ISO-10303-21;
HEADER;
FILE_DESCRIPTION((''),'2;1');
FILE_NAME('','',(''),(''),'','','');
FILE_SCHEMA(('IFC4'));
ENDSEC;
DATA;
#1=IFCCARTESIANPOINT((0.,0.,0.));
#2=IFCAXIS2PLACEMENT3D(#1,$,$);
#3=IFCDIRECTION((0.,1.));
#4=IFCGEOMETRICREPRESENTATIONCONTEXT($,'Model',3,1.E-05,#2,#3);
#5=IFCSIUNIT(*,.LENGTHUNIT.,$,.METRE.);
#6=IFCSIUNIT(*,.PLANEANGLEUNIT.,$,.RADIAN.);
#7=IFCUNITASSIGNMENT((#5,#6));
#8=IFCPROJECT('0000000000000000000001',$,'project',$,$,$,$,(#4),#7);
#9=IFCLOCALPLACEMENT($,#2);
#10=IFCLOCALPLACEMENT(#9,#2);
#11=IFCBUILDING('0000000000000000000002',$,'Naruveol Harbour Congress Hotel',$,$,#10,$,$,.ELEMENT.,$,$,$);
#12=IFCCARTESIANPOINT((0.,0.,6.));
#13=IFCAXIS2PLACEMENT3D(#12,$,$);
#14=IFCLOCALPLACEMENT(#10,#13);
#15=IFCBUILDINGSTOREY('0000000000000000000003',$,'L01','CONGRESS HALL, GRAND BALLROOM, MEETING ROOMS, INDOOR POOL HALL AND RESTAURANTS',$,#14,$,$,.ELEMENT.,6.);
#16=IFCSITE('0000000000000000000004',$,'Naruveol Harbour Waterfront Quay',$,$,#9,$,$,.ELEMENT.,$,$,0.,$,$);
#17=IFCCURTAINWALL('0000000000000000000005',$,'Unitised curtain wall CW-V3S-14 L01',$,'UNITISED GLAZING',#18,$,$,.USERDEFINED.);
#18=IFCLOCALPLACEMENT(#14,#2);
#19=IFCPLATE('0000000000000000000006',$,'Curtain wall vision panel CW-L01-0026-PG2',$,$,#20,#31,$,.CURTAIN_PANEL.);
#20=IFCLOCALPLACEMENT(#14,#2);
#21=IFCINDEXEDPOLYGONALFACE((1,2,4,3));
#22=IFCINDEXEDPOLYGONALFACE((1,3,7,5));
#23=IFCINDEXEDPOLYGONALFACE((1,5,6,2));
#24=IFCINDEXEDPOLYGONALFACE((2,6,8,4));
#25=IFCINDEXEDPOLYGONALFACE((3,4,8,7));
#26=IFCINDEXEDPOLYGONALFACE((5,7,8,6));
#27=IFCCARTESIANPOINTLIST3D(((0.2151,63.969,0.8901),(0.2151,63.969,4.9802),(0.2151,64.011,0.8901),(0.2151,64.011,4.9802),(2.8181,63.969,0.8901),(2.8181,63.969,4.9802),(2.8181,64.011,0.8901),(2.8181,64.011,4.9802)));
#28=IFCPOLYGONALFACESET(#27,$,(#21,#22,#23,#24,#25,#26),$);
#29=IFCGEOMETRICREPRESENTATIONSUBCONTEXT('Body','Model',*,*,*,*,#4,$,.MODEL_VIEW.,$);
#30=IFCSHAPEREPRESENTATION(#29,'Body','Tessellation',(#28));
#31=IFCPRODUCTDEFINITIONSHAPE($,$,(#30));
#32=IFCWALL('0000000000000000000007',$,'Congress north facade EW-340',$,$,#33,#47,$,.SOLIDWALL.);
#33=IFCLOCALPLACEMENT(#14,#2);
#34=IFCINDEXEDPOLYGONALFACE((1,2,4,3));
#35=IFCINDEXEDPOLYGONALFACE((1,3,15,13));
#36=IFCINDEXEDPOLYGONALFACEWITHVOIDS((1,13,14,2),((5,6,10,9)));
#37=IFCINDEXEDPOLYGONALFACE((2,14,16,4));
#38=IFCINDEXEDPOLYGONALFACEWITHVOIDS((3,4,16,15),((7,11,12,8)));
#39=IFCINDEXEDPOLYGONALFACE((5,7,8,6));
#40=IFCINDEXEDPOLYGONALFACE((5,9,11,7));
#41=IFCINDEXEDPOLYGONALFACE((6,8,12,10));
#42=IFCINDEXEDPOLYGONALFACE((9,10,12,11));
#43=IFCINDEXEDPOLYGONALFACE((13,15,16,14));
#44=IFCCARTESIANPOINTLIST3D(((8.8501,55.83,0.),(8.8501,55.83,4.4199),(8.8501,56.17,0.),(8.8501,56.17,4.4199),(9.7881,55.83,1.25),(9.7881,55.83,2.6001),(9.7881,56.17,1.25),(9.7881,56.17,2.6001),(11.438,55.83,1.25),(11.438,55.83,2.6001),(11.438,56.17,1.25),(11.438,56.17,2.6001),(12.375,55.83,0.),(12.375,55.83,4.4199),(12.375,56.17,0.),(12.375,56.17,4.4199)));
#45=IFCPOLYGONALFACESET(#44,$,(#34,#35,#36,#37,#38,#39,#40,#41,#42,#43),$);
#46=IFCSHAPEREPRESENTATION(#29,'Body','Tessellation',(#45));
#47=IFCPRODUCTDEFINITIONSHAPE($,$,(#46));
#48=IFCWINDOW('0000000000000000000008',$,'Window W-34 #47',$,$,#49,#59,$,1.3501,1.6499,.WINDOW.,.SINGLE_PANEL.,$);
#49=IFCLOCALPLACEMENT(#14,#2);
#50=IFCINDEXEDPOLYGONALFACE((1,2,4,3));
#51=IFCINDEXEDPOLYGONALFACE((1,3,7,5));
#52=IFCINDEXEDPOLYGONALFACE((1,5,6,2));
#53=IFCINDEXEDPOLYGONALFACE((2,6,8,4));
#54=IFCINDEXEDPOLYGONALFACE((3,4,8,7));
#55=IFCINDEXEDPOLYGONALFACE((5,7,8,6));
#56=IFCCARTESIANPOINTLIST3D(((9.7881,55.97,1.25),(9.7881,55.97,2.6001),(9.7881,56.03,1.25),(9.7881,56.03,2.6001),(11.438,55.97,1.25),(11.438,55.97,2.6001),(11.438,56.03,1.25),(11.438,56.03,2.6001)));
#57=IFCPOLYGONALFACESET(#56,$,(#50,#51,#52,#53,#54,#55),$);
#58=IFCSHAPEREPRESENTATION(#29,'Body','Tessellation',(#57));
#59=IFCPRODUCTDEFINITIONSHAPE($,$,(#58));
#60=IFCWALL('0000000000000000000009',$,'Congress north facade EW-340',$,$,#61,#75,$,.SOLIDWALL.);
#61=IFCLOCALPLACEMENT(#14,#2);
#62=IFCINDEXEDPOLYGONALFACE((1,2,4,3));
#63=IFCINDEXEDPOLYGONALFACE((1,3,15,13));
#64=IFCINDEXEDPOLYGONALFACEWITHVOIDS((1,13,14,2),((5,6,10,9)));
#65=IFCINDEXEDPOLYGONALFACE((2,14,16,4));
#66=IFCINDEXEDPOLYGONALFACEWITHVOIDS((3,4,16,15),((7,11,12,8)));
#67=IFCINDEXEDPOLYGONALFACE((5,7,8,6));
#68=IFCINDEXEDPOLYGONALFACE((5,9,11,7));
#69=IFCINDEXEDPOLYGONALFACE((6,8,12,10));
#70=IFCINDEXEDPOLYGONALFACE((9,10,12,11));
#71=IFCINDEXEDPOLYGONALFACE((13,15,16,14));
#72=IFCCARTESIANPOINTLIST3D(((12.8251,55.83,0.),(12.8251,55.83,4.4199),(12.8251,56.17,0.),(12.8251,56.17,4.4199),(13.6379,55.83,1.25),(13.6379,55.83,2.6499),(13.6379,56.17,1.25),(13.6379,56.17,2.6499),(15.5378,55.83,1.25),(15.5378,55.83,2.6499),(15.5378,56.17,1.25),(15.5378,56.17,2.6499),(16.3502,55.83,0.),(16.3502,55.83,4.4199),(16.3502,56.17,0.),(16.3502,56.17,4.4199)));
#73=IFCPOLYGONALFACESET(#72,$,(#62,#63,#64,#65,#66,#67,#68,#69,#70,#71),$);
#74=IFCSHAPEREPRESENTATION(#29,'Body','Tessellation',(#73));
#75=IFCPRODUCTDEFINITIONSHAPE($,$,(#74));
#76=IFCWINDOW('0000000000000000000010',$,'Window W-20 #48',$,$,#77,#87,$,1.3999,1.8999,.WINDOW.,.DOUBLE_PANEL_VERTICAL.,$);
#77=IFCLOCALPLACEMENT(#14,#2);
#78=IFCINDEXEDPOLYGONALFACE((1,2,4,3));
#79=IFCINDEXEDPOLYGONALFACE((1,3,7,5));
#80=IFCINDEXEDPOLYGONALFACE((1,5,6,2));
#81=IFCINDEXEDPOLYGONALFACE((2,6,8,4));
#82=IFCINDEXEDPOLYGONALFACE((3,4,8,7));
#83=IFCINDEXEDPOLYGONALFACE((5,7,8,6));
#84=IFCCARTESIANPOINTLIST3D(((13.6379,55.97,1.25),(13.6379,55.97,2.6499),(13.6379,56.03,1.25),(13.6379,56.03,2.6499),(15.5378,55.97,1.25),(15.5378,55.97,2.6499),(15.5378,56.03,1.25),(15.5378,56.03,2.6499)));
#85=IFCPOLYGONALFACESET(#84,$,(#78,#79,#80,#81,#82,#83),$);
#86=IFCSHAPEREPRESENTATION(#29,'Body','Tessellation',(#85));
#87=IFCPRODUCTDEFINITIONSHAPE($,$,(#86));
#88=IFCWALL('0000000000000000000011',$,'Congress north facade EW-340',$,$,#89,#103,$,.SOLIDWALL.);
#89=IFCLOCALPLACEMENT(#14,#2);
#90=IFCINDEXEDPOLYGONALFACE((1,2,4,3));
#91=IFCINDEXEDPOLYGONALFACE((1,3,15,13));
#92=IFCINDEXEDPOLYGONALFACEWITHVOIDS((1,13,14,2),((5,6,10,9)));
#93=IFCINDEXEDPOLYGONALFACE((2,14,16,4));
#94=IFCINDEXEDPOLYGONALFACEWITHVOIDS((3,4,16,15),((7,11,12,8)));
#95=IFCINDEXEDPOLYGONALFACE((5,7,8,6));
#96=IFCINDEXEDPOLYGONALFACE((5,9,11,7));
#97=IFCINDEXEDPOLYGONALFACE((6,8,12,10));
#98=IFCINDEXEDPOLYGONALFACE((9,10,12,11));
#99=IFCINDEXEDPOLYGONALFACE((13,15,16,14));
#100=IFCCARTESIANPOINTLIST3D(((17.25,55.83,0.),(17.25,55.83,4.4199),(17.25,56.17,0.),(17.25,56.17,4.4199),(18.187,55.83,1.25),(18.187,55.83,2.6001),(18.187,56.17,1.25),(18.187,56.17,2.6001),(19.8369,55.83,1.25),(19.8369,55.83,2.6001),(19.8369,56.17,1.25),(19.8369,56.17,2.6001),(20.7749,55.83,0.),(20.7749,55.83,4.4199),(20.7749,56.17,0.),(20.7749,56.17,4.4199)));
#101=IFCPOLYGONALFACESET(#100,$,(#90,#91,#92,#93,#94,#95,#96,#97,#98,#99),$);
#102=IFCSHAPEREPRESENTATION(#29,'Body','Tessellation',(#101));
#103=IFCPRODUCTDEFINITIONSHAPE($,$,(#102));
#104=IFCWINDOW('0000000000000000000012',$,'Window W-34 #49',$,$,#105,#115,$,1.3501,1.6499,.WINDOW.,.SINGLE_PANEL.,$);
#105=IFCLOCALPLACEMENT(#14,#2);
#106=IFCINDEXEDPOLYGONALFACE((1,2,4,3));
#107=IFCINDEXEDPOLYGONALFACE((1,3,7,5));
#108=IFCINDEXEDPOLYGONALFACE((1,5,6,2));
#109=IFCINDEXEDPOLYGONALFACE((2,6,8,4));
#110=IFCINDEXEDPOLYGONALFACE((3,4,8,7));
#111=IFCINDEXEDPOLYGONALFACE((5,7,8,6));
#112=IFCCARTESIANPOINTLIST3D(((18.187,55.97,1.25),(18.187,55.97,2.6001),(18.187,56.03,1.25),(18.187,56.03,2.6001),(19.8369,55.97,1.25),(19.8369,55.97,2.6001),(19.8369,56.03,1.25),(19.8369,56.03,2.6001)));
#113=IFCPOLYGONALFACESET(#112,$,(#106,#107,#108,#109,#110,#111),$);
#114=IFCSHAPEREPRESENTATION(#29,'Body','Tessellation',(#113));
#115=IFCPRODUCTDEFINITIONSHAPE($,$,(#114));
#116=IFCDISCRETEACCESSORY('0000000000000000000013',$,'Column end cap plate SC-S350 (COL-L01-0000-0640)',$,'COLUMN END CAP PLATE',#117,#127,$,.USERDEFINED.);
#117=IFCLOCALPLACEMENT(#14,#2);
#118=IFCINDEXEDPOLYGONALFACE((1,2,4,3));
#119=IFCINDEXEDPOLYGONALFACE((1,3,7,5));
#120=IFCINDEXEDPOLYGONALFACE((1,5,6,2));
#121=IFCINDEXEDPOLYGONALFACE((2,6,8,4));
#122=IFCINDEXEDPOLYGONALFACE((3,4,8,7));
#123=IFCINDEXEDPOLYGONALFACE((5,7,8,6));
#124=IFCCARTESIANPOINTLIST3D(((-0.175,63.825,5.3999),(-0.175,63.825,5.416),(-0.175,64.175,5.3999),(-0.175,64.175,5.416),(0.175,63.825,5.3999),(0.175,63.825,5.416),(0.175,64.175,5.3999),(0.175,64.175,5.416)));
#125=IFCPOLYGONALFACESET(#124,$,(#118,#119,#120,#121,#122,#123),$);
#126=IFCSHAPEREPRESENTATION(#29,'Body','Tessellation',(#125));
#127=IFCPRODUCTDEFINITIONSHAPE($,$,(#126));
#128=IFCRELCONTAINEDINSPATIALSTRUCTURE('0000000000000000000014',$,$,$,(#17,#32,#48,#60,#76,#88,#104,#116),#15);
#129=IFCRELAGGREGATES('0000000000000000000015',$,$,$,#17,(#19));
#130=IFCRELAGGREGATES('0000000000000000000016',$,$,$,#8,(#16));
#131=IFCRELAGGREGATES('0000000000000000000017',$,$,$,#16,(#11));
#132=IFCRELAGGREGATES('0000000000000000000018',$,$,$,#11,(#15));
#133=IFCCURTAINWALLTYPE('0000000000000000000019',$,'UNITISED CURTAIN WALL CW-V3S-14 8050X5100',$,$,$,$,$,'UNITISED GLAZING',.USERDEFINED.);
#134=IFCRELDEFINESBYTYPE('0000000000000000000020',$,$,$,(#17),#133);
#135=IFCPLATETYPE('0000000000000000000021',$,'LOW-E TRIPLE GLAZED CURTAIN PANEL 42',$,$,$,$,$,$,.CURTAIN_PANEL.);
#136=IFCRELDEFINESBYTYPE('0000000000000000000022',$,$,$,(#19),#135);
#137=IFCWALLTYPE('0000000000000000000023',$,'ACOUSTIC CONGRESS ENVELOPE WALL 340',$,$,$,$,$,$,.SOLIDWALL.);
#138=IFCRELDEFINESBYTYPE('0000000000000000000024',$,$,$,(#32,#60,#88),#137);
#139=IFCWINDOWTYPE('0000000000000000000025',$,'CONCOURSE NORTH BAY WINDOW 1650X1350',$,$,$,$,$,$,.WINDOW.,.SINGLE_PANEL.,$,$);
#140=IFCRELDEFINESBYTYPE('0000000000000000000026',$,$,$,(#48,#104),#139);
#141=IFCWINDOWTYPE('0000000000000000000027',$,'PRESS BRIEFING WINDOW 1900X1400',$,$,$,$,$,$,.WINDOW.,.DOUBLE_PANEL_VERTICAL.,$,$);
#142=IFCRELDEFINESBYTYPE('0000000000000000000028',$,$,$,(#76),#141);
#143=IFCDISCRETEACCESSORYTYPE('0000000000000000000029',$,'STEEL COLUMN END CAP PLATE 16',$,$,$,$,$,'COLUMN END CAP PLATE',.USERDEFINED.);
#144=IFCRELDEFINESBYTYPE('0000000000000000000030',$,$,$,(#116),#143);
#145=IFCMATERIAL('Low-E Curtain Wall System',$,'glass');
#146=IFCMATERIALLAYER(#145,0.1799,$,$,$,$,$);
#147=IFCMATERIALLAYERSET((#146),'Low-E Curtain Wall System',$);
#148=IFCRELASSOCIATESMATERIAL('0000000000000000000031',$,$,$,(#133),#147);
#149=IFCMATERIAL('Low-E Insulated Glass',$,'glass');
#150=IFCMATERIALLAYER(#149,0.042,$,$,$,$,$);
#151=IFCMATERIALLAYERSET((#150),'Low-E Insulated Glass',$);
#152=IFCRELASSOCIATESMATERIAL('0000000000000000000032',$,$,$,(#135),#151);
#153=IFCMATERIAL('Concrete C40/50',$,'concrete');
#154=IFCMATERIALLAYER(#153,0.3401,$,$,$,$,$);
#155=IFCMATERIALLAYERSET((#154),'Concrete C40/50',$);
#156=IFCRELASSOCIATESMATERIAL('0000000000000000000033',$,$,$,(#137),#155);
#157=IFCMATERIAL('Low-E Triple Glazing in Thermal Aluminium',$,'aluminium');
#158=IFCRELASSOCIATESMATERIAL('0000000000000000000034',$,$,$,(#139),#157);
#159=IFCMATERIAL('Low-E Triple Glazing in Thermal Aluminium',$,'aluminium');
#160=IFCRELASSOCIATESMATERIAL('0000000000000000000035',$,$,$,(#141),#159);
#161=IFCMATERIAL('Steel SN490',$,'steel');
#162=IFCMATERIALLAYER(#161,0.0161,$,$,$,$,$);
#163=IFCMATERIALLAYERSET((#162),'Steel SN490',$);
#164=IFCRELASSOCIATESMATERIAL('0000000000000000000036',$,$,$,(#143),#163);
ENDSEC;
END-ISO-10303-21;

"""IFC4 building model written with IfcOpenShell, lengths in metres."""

from ifc_helpers import new_model, si_unit, direction, frame, frame_2d, origin, origin_2d, place, context, subcontext, project, spatial, rectangle, extrude, material, layer, layer_set, type_object, element, fill, aggregate, save


model = new_model("IFC4")

# Units and contexts
model_context = context("Model", 3, precision=1e-05, world=origin(), true_north=direction((0.0, 1.0)))
body_context = subcontext(model_context, "Body", "Model", "MODEL_VIEW")
ifc_project = project(units=[si_unit("LENGTHUNIT", "METRE"), si_unit("PLANEANGLEUNIT", "RADIAN")], contexts=[model_context])

# Site, building, storey
site_placement = place(None, origin())
site = spatial("IfcSite", under=ifc_project, at=site_placement, Name="Naruveol Harbour Waterfront Quay", CompositionType="ELEMENT", RefElevation=0.0)
building_placement = place(site_placement, origin())
building = spatial("IfcBuilding", under=site, at=building_placement, Name="Naruveol Harbour Congress Hotel", CompositionType="ELEMENT")
storey_placement = place(building_placement, frame((0.0, 0.0, 6.0)))
storey = spatial("IfcBuildingStorey", under=building, at=storey_placement, Name="L01", Description="CONGRESS HALL, GRAND BALLROOM, MEETING ROOMS, INDOOR POOL HALL AND RESTAURANTS", CompositionType="ELEMENT", Elevation=6.0)

# Curtain wall
ifc_material_1 = material(Name="Low-E Curtain Wall System", Category="glass")
ifc_layer_1 = layer(ifc_material_1, 0.1799)
ifc_layer_set_1 = layer_set([ifc_layer_1], Name="Low-E Curtain Wall System")
curtain_wall_type = type_object("IfcCurtainWallType", Name="UNITISED CURTAIN WALL CW-V3S-14 8050X5100", ElementType="UNITISED GLAZING", PredefinedType="USERDEFINED", material=ifc_layer_set_1)
curtain_wall_1_placement = place(storey_placement, origin())
curtain_wall_1 = element("IfcCurtainWall", 1, at=curtain_wall_1_placement, inside=storey, type_object=curtain_wall_type, Name="Unitised curtain wall CW-V3S-14 L01", ObjectType="UNITISED GLAZING", PredefinedType="USERDEFINED")

# Plate
ifc_material_2 = material(Name="Low-E Insulated Glass", Category="glass")
ifc_layer_2 = layer(ifc_material_2, 0.042)
ifc_layer_set_2 = layer_set([ifc_layer_2], Name="Low-E Insulated Glass")
plate_type_1 = type_object("IfcPlateType", Name="LOW-E TRIPLE GLAZED CURTAIN PANEL 42", PredefinedType="CURTAIN_PANEL", material=ifc_layer_set_2)
plate_1_placement = place(storey_placement, frame((1.5166, 63.99, 0.8901), z_axis=(0.0, 0.0, 1.0), x_axis=(-1.0, 0.0, 0.0)))
plate_1 = element("IfcPlate", 2, at=plate_1_placement, type_object=plate_type_1, Name="Curtain wall vision panel CW-L01-0026-PG2", PredefinedType="CURTAIN_PANEL", context=body_context, shape_type="SweptSolid", body=[
    extrude(rectangle(XDim=2.603, YDim=0.042, at=origin_2d()), origin(), (0.0, 0.0, 1.0), 4.0901),
])
aggregate(curtain_wall_1, [plate_1])

# Walls, openings, windows
ifc_material_3 = material(Name="Concrete C40/50", Category="concrete")
ifc_layer_3 = layer(ifc_material_3, 0.3401)
ifc_layer_set_3 = layer_set([ifc_layer_3], Name="Concrete C40/50")
wall_type = type_object("IfcWallType", Name="ACOUSTIC CONGRESS ENVELOPE WALL 340", PredefinedType="SOLIDWALL", material=ifc_layer_set_3)
wall_1_placement = place(storey_placement, frame((8.8501, 56.0, 0.0), z_axis=(0.0, 0.0, 1.0), x_axis=(1.0, 0.0, 0.0)))
wall_1 = element("IfcWall", 3, at=wall_1_placement, inside=storey, type_object=wall_type, Name="Congress north facade EW-340", PredefinedType="SOLIDWALL", context=body_context, shape_type="SweptSolid", body=[
    extrude(rectangle(XDim=3.5249, YDim=0.3401, at=frame_2d((1.7625, 0.0))), origin(), (0.0, 0.0, 1.0), 4.4199),
])
opening_1_placement = place(wall_1_placement, frame((0.938, 0.0, 1.25)))
opening_1 = element("IfcOpeningElement", 4, at=opening_1_placement, cuts=wall_1, PredefinedType="OPENING", context=body_context, shape_type="SweptSolid", body=[
    extrude(rectangle(XDim=1.6499, YDim=1.3501, at=frame_2d((0.825, 0.675))), frame((0.0, 0.1799, 0.0), z_axis=(0.0, -1.0, 0.0), x_axis=(1.0, 0.0, 0.0)), (0.0, 0.0, 1.0), 0.3601),
])
ifc_material_4 = material(Name="Low-E Triple Glazing in Thermal Aluminium", Category="aluminium")
window_type_1 = type_object("IfcWindowType", Name="CONCOURSE NORTH BAY WINDOW 1650X1350", PartitioningType="SINGLE_PANEL", PredefinedType="WINDOW", material=ifc_material_4)
window_1_placement = place(opening_1_placement, origin())
window_1 = element("IfcWindow", 5, at=window_1_placement, inside=storey, type_object=window_type_1, Name="Window W-34 #47", OverallHeight=1.3501, OverallWidth=1.6499, PartitioningType="SINGLE_PANEL", PredefinedType="WINDOW", context=body_context, shape_type="SweptSolid", body=[
    extrude(rectangle(XDim=1.6499, YDim=1.3501, at=frame_2d((0.825, 0.675))), frame((0.0, 0.03, 0.0), z_axis=(0.0, -1.0, 0.0), x_axis=(1.0, 0.0, 0.0)), (0.0, 0.0, 1.0), 0.0601),
])
fill(opening_1, window_1)
wall_2_placement = place(storey_placement, frame((12.825, 56.0, 0.0), z_axis=(0.0, 0.0, 1.0), x_axis=(1.0, 0.0, 0.0)))
wall_2 = element("IfcWall", 6, at=wall_2_placement, inside=storey, type_object=wall_type, Name="Congress north facade EW-340", PredefinedType="SOLIDWALL", context=body_context, shape_type="SweptSolid", body=[
    extrude(rectangle(XDim=3.5251, YDim=0.3401, at=frame_2d((1.7627, 0.0))), origin(), (0.0, 0.0, 1.0), 4.4199),
])
opening_2_placement = place(wall_2_placement, frame((0.813, 0.0, 1.25)))
opening_2 = element("IfcOpeningElement", 7, at=opening_2_placement, cuts=wall_2, PredefinedType="OPENING", context=body_context, shape_type="SweptSolid", body=[
    extrude(rectangle(XDim=1.8999, YDim=1.3999, at=frame_2d((0.95, 0.7))), frame((0.0, 0.1799, 0.0), z_axis=(0.0, -1.0, 0.0), x_axis=(1.0, 0.0, 0.0)), (0.0, 0.0, 1.0), 0.3601),
])
ifc_material_5 = material(Name="Low-E Triple Glazing in Thermal Aluminium", Category="aluminium")
window_type_2 = type_object("IfcWindowType", Name="PRESS BRIEFING WINDOW 1900X1400", PartitioningType="DOUBLE_PANEL_VERTICAL", PredefinedType="WINDOW", material=ifc_material_5)
window_2_placement = place(opening_2_placement, origin())
window_2 = element("IfcWindow", 8, at=window_2_placement, inside=storey, type_object=window_type_2, Name="Window W-20 #48", OverallHeight=1.3999, OverallWidth=1.8999, PartitioningType="DOUBLE_PANEL_VERTICAL", PredefinedType="WINDOW", context=body_context, shape_type="SweptSolid", body=[
    extrude(rectangle(XDim=1.8999, YDim=1.3999, at=frame_2d((0.95, 0.7))), frame((0.0, 0.03, 0.0), z_axis=(0.0, -1.0, 0.0), x_axis=(1.0, 0.0, 0.0)), (0.0, 0.0, 1.0), 0.0601),
])
fill(opening_2, window_2)
wall_3_placement = place(storey_placement, frame((17.25, 56.0, 0.0), z_axis=(0.0, 0.0, 1.0), x_axis=(1.0, 0.0, 0.0)))
wall_3 = element("IfcWall", 9, at=wall_3_placement, inside=storey, type_object=wall_type, Name="Congress north facade EW-340", PredefinedType="SOLIDWALL", context=body_context, shape_type="SweptSolid", body=[
    extrude(rectangle(XDim=3.5249, YDim=0.3401, at=frame_2d((1.7625, 0.0))), origin(), (0.0, 0.0, 1.0), 4.4199),
])
opening_3_placement = place(wall_3_placement, frame((0.937, 0.0, 1.25)))
opening_3 = element("IfcOpeningElement", 10, at=opening_3_placement, cuts=wall_3, PredefinedType="OPENING", context=body_context, shape_type="SweptSolid", body=[
    extrude(rectangle(XDim=1.6499, YDim=1.3501, at=frame_2d((0.825, 0.675))), frame((0.0, 0.1799, 0.0), z_axis=(0.0, -1.0, 0.0), x_axis=(1.0, 0.0, 0.0)), (0.0, 0.0, 1.0), 0.3601),
])
window_3_placement = place(opening_3_placement, origin())
window_3 = element("IfcWindow", 11, at=window_3_placement, inside=storey, type_object=window_type_1, Name="Window W-34 #49", OverallHeight=1.3501, OverallWidth=1.6499, PartitioningType="SINGLE_PANEL", PredefinedType="WINDOW", context=body_context, shape_type="SweptSolid", body=[
    extrude(rectangle(XDim=1.6499, YDim=1.3501, at=frame_2d((0.825, 0.675))), frame((0.0, 0.03, 0.0), z_axis=(0.0, -1.0, 0.0), x_axis=(1.0, 0.0, 0.0)), (0.0, 0.0, 1.0), 0.0601),
])
fill(opening_3, window_3)

# Discrete accessory
ifc_material_6 = material(Name="Steel SN490", Category="steel")
ifc_layer_4 = layer(ifc_material_6, 0.0161)
ifc_layer_set_4 = layer_set([ifc_layer_4], Name="Steel SN490")
discrete_accessory_type = type_object("IfcDiscreteAccessoryType", Name="STEEL COLUMN END CAP PLATE 16", ElementType="COLUMN END CAP PLATE", PredefinedType="USERDEFINED", material=ifc_layer_set_4)
discrete_accessory_placement = place(storey_placement, frame((0.0, 64.0, 5.3999), z_axis=(0.0, 0.0, 1.0), x_axis=(1.0, 0.0, 0.0)))
element("IfcDiscreteAccessory", 12, at=discrete_accessory_placement, inside=storey, type_object=discrete_accessory_type, Name="Column end cap plate SC-S350 (COL-L01-0000-0640)", ObjectType="COLUMN END CAP PLATE", PredefinedType="USERDEFINED", context=body_context, shape_type="SweptSolid", body=[
    extrude(rectangle(XDim=0.3501, YDim=0.3501, at=origin_2d()), origin(), (0.0, 0.0, 1.0), 0.0161),
])

save(model, "model.ifc")
